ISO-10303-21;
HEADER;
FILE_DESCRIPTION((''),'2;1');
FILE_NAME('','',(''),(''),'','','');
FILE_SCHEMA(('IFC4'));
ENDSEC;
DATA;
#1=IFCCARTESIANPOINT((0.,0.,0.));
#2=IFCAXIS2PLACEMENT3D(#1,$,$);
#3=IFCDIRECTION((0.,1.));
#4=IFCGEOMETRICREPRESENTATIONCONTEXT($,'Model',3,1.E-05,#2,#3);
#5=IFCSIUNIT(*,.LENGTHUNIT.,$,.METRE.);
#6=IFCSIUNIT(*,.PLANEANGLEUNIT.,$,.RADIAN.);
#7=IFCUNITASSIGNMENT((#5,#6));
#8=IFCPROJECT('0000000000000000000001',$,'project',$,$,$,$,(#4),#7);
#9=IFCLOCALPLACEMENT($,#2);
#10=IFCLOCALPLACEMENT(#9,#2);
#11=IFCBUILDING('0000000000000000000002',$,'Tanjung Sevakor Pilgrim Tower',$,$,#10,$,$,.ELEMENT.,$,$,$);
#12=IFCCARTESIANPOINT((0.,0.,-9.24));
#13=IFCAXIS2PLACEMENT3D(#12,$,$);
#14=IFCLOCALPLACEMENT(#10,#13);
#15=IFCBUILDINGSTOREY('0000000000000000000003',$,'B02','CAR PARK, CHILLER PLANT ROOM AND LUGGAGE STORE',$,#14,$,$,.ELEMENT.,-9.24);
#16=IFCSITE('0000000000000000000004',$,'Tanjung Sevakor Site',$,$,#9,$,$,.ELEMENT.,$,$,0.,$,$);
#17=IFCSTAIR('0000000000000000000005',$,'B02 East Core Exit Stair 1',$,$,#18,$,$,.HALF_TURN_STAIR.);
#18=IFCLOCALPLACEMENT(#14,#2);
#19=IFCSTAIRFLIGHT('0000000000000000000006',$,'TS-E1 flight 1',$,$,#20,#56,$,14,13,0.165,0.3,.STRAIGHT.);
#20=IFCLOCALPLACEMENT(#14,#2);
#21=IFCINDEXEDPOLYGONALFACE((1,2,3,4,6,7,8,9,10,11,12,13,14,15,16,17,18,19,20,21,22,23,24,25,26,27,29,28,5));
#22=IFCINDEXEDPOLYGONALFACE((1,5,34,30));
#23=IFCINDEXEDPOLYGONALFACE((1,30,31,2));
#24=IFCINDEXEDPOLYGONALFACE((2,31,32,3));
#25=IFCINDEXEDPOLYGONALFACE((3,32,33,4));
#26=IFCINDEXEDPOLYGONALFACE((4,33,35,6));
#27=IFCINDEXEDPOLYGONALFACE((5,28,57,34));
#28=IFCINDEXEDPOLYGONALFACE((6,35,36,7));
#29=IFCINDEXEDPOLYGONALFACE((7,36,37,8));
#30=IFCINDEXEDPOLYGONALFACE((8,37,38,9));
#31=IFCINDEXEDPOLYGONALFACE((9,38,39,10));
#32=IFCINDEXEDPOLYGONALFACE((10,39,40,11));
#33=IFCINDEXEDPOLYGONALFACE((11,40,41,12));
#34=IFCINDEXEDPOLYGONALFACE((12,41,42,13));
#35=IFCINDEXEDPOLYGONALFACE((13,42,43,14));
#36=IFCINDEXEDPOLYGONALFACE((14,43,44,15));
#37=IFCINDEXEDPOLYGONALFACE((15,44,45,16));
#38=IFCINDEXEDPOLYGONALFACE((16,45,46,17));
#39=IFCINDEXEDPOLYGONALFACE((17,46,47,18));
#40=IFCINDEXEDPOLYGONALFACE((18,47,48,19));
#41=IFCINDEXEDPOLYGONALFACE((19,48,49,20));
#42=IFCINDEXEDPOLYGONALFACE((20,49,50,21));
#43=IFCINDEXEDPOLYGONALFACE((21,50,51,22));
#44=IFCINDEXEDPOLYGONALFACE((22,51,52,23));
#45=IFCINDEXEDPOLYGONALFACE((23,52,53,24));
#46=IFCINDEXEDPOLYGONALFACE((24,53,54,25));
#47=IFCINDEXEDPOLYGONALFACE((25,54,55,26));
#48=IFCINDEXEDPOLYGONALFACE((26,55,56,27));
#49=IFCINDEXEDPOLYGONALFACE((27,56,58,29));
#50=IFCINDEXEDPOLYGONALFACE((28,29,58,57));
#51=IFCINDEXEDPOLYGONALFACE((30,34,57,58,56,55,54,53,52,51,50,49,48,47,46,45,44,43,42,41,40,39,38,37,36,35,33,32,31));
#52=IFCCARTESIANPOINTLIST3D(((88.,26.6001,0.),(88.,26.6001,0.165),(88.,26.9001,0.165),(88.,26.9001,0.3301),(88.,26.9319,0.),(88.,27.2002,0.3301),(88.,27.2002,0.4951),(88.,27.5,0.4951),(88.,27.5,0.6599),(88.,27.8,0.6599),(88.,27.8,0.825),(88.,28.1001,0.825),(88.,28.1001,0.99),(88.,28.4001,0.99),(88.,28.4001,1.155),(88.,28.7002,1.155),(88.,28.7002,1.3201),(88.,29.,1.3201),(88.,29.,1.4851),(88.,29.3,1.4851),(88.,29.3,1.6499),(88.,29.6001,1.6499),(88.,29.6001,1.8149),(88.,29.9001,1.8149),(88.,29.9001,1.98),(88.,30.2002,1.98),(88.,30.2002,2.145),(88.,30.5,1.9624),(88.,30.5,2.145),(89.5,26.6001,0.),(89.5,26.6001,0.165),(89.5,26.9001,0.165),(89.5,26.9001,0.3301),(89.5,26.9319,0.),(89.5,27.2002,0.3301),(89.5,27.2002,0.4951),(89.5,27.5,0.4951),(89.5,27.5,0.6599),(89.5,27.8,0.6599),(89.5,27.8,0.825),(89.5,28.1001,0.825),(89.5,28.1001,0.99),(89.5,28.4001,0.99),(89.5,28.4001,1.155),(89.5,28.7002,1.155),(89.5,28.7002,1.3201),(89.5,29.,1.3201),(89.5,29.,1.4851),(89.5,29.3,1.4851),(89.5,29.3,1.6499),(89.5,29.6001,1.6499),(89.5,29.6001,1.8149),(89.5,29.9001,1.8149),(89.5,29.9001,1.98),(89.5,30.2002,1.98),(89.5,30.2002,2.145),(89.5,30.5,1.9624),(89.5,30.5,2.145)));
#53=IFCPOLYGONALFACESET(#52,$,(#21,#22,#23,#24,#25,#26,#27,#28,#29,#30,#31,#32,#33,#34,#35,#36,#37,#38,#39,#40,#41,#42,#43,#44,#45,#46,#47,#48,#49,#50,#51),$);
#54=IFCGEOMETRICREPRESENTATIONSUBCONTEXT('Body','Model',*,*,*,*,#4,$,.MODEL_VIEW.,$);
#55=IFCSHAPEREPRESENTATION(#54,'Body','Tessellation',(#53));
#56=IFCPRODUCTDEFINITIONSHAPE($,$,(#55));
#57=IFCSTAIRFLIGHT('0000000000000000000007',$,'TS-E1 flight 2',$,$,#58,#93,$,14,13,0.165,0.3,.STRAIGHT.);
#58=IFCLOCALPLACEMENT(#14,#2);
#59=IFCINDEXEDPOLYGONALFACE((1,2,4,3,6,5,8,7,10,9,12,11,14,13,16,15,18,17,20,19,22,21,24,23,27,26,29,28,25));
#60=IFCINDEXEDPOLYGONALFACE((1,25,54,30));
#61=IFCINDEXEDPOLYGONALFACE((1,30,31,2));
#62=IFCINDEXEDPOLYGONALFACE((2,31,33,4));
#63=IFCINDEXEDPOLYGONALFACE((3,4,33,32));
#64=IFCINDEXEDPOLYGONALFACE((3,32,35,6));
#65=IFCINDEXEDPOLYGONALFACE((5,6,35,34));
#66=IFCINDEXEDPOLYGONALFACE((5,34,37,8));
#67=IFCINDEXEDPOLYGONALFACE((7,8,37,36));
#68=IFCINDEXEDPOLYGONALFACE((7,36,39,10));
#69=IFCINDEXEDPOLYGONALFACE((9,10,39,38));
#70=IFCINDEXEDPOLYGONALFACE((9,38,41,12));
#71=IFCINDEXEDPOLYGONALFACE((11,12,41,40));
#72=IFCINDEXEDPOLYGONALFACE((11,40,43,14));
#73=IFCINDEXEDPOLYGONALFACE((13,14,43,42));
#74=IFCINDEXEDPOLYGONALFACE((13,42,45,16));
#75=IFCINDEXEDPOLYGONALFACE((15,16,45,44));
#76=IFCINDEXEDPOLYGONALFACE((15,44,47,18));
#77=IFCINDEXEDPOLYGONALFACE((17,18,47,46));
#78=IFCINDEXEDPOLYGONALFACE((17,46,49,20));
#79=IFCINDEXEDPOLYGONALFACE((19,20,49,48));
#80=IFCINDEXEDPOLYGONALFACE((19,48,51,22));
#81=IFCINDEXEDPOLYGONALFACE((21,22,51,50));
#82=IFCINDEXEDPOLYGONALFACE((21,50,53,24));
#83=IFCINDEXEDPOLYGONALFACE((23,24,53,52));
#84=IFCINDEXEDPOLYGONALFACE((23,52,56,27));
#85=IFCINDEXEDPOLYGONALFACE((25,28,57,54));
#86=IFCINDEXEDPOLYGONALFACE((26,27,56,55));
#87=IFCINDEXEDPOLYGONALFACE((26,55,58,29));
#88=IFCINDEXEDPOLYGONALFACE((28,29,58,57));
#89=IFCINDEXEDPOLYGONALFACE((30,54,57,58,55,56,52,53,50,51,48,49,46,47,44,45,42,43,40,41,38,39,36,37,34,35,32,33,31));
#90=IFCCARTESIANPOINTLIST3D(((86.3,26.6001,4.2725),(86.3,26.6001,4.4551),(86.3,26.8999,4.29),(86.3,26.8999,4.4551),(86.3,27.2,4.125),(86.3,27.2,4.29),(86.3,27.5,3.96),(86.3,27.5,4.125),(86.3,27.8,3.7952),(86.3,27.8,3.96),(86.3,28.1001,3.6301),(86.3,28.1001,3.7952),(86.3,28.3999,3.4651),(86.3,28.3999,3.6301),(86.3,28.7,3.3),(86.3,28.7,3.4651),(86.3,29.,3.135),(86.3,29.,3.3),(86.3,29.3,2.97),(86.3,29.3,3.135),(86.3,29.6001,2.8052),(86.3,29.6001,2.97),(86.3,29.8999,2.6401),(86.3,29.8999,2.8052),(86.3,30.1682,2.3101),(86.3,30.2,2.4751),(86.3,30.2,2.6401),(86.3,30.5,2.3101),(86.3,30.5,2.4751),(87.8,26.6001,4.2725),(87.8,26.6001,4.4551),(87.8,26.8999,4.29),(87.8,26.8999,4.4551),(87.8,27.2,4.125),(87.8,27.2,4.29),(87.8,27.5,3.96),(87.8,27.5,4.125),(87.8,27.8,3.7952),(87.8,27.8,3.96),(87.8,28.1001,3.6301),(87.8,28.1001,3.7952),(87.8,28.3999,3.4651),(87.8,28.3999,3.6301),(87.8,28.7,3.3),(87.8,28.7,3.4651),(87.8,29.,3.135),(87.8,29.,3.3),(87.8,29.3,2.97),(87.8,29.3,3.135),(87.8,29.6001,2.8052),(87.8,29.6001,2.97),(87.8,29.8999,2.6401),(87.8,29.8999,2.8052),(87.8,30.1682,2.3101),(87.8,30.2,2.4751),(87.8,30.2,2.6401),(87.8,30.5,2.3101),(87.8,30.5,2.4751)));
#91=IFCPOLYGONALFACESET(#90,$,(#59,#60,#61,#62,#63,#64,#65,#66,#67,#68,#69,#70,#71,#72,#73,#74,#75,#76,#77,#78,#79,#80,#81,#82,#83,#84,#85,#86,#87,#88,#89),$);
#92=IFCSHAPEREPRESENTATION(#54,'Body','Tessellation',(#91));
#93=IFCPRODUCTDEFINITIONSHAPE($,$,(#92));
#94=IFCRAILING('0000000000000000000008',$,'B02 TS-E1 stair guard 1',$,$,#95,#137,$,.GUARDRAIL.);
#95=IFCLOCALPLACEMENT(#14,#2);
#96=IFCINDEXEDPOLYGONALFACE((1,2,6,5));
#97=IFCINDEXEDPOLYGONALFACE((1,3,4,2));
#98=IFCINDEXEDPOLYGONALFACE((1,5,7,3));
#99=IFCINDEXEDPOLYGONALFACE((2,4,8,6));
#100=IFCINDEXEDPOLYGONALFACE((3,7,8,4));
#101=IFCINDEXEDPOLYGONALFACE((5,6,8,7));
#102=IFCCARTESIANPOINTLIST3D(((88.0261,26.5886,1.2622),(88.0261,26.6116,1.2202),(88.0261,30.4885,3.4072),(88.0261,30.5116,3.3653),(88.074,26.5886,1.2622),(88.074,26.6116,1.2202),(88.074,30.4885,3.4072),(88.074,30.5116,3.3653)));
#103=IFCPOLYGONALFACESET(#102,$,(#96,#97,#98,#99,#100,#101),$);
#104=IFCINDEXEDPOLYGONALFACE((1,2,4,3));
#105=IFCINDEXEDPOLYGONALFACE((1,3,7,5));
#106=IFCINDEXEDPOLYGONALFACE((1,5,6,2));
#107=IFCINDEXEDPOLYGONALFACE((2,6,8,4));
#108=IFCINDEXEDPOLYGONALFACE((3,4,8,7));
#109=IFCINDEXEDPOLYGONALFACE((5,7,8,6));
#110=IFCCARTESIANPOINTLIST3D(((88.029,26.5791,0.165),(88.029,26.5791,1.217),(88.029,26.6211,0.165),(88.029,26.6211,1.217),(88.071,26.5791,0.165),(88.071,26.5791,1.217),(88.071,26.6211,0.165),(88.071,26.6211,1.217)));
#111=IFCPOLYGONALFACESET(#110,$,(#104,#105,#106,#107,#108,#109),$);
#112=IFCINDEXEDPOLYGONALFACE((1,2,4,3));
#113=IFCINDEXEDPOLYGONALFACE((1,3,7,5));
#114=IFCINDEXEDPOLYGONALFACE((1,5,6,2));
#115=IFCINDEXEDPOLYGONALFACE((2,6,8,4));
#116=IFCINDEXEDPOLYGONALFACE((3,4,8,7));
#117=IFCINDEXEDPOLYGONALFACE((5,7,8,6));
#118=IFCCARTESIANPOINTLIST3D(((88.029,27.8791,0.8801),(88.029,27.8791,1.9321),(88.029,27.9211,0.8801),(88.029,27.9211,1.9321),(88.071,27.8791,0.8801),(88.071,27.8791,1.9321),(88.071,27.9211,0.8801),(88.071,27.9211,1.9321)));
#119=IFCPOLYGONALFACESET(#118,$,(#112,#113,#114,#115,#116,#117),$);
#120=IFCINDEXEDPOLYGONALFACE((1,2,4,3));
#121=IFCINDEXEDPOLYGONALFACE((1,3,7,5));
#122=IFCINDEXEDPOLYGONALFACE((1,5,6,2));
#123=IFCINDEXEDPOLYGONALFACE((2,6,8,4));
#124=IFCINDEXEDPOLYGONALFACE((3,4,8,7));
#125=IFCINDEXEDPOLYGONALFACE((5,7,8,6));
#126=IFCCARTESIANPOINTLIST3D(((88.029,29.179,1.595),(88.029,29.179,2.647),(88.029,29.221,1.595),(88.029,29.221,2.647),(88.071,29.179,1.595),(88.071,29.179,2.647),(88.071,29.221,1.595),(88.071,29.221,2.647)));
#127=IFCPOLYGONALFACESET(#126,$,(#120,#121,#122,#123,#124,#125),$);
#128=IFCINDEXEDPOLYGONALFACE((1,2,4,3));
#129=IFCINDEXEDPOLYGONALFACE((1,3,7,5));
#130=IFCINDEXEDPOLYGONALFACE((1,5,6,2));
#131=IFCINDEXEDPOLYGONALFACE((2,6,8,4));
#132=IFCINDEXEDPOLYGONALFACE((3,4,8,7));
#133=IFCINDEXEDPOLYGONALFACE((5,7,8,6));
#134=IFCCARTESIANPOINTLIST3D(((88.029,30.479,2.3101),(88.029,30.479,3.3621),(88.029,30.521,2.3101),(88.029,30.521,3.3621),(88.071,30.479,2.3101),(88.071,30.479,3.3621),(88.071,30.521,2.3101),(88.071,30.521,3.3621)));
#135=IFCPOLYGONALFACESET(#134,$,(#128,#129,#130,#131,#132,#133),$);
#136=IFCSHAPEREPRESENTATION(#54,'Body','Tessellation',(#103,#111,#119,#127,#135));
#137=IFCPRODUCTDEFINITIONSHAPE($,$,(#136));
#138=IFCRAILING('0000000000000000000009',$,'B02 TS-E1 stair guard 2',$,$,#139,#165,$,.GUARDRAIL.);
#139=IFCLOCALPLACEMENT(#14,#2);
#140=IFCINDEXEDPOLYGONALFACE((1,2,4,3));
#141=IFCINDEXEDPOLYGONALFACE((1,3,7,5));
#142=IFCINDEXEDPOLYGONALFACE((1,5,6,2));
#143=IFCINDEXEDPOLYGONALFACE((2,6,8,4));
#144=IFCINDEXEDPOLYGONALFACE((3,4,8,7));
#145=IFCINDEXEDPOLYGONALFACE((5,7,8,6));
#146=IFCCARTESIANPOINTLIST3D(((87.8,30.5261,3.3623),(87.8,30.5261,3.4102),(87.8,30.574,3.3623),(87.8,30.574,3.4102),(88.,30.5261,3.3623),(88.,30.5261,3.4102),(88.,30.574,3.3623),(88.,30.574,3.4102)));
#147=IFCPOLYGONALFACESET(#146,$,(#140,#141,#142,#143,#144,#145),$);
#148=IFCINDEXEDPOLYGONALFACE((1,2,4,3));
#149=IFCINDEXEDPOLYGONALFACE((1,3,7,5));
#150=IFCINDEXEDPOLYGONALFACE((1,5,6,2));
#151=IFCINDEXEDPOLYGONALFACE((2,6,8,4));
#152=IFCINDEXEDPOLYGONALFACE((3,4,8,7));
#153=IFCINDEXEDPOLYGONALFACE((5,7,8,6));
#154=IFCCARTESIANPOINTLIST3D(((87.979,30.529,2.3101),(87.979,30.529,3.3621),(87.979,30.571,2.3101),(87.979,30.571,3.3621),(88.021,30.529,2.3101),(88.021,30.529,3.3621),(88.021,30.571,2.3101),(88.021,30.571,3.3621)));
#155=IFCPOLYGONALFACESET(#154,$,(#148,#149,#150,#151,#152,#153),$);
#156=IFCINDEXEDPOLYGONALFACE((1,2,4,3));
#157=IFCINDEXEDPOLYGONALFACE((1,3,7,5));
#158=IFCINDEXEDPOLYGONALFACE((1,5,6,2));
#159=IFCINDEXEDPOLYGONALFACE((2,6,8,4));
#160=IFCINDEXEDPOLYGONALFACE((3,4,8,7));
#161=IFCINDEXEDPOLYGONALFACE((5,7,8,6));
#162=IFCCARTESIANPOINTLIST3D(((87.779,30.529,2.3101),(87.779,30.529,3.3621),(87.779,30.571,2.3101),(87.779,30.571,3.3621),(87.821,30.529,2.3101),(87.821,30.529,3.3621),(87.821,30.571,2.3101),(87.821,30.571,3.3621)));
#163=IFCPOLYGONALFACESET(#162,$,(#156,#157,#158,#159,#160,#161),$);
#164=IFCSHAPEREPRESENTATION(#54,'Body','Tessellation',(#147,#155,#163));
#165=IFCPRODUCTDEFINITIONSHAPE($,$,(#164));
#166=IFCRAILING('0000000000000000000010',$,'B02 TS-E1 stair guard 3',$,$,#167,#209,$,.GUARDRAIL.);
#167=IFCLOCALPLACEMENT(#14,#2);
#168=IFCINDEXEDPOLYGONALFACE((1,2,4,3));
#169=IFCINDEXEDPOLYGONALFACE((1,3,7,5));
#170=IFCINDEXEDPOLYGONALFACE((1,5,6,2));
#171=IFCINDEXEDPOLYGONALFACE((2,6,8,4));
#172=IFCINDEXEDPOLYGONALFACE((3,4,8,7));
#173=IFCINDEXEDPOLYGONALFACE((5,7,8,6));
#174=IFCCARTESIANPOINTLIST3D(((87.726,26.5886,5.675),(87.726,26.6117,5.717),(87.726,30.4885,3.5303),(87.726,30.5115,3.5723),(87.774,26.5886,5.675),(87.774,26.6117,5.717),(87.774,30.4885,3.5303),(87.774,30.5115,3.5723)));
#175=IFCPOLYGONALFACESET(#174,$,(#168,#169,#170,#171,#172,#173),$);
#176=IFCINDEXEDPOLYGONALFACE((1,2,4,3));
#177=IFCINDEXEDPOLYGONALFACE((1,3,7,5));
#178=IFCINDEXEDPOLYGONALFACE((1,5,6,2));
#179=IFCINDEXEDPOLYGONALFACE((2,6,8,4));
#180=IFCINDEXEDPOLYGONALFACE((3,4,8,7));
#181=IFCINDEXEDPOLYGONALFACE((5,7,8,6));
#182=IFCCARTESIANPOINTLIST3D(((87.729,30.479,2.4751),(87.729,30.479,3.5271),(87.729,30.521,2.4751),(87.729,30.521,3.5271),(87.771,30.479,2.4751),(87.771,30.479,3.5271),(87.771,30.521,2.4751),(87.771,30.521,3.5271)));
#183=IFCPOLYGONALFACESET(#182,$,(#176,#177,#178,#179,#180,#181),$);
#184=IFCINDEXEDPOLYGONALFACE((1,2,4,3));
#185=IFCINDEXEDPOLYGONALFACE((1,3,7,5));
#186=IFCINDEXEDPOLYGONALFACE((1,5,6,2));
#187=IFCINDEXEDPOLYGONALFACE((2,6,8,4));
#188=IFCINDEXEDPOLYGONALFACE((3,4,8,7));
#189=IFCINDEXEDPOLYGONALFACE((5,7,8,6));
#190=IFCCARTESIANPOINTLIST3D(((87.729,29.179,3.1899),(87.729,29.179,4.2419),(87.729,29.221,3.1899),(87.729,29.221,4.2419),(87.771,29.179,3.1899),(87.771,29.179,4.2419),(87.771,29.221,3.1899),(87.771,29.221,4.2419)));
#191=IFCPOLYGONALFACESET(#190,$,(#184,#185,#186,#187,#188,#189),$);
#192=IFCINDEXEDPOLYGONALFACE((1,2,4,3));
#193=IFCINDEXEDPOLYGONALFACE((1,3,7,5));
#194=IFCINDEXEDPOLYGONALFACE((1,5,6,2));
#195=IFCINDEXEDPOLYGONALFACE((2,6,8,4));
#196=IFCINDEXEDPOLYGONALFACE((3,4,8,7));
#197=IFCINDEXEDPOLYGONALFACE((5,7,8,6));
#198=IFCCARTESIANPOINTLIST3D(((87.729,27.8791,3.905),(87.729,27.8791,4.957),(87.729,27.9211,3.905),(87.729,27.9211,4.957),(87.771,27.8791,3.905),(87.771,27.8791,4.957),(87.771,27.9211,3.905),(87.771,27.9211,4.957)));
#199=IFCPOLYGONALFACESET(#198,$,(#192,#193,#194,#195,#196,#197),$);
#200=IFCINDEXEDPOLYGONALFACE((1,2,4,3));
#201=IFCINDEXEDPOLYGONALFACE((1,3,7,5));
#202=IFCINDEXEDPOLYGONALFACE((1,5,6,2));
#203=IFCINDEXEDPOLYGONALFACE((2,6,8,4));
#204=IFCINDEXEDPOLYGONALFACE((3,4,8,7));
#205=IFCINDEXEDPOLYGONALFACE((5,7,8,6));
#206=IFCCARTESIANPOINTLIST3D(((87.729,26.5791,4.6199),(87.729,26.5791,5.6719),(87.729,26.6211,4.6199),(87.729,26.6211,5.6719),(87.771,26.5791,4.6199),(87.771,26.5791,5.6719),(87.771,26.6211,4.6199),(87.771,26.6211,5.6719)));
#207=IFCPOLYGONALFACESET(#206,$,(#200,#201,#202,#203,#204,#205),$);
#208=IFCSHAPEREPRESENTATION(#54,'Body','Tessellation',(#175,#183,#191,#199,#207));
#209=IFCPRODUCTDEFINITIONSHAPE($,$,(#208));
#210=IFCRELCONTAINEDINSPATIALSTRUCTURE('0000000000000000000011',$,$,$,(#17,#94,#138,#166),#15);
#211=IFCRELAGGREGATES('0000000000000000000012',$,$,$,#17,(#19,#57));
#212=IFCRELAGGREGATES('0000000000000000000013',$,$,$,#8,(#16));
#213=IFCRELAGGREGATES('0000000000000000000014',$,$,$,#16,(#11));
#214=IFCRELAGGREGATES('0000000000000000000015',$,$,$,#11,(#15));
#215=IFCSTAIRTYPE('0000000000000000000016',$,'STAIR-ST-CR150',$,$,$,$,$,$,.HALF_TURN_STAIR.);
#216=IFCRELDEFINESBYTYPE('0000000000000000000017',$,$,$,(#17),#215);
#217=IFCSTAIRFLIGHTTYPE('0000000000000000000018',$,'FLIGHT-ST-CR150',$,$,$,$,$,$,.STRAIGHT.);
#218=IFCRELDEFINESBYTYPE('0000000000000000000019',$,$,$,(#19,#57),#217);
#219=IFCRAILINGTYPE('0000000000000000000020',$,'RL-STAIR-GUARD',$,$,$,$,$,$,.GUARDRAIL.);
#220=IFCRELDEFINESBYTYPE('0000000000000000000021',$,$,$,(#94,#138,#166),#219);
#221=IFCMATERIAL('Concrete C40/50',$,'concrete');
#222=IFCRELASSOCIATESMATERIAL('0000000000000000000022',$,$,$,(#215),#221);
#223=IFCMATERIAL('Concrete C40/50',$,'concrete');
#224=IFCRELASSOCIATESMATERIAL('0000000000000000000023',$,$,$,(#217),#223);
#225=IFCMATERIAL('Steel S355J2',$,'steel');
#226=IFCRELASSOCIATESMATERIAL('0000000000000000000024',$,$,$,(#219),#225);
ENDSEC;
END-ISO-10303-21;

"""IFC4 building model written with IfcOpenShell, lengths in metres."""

from ifc_helpers import new_model, si_unit, direction, frame, origin, place, context, subcontext, project, spatial, polyline, rectangle, outline, extrude, material, type_object, element, aggregate, save


model = new_model("IFC4")

# Units and contexts
model_context = context("Model", 3, precision=1e-05, world=origin(), true_north=direction((0.0, 1.0)))
body_context = subcontext(model_context, "Body", "Model", "MODEL_VIEW")
ifc_project = project(units=[si_unit("LENGTHUNIT", "METRE"), si_unit("PLANEANGLEUNIT", "RADIAN")], contexts=[model_context])

# Site, building, storey
site_placement = place(None, origin())
site = spatial("IfcSite", under=ifc_project, at=site_placement, Name="Tanjung Sevakor Site", CompositionType="ELEMENT", RefElevation=0.0)
building_placement = place(site_placement, origin())
building = spatial("IfcBuilding", under=site, at=building_placement, Name="Tanjung Sevakor Pilgrim Tower", CompositionType="ELEMENT")
storey_placement = place(building_placement, frame((0.0, 0.0, -9.24)))
storey = spatial("IfcBuildingStorey", under=building, at=storey_placement, Name="B02", Description="CAR PARK, CHILLER PLANT ROOM AND LUGGAGE STORE", CompositionType="ELEMENT", Elevation=-9.24)

# Stair, stair flights
ifc_material_1 = material(Name="Concrete C40/50", Category="concrete")
stair_type = type_object("IfcStairType", Name="STAIR-ST-CR150", PredefinedType="HALF_TURN_STAIR", material=ifc_material_1)
stair_placement = place(storey_placement, origin())
stair = element("IfcStair", 1, at=stair_placement, inside=storey, type_object=stair_type, Name="B02 East Core Exit Stair 1", PredefinedType="HALF_TURN_STAIR")
ifc_material_2 = material(Name="Concrete C40/50", Category="concrete")
stair_flight_type = type_object("IfcStairFlightType", Name="FLIGHT-ST-CR150", PredefinedType="STRAIGHT", material=ifc_material_2)
stair_flight_1_placement = place(storey_placement, frame((88.75, 26.6001, 0.0), z_axis=(0.0, 0.0, 1.0), x_axis=(0.0, 1.0, 0.0)))
stair_flight_1 = element("IfcStairFlight", 2, at=stair_flight_1_placement, type_object=stair_flight_type, Name="TS-E1 flight 1", NumberOfRisers=14, NumberOfTreads=13, PredefinedType="STRAIGHT", RiserHeight=0.165, TreadLength=0.3, context=body_context, shape_type="SweptSolid", body=[
    extrude(outline(polyline([(0.0, 0.0), (0.0, 0.165), (0.3, 0.165), (0.3, 0.3301), (0.6001, 0.3301), (0.6001, 0.4951), (0.8999, 0.4951), (0.8999, 0.6599), (1.2, 0.6599), (1.2, 0.825), (1.5, 0.825), (1.5, 0.99), (1.8, 0.99), (1.8, 1.155), (2.1001, 1.155), (2.1001, 1.3201), (2.3999, 1.3201), (2.3999, 1.4851), (2.7, 1.4851), (2.7, 1.6499), (3.0, 1.6499), (3.0, 1.8149), (3.3, 1.8149), (3.3, 1.98), (3.6001, 1.98), (3.6001, 2.145), (3.8999, 2.145), (3.8999, 2.3101), (3.8999, 1.9624), (0.3318, 0.0), (0.0, 0.0)])), frame((0.0, 0.75, 0.0), z_axis=(0.0, -1.0, 0.0), x_axis=(1.0, 0.0, 0.0)), (0.0, 0.0, 1.0), 1.5),
])
stair_flight_2_placement = place(storey_placement, frame((87.05, 30.5, 2.3101), z_axis=(0.0, 0.0, 1.0), x_axis=(0.0, -1.0, 0.0)))
stair_flight_2 = element("IfcStairFlight", 3, at=stair_flight_2_placement, type_object=stair_flight_type, Name="TS-E1 flight 2", NumberOfRisers=14, NumberOfTreads=13, PredefinedType="STRAIGHT", RiserHeight=0.165, TreadLength=0.3, context=body_context, shape_type="SweptSolid", body=[
    extrude(outline(polyline([(0.0, 0.0), (0.0, 0.165), (0.3, 0.165), (0.3, 0.3301), (0.6001, 0.3301), (0.6001, 0.4951), (0.8999, 0.4951), (0.8999, 0.6599), (1.2, 0.6599), (1.2, 0.825), (1.5, 0.825), (1.5, 0.99), (1.8, 0.99), (1.8, 1.155), (2.1001, 1.155), (2.1001, 1.3201), (2.3999, 1.3201), (2.3999, 1.4851), (2.7, 1.4851), (2.7, 1.6499), (3.0, 1.6499), (3.0, 1.8149), (3.3, 1.8149), (3.3, 1.98), (3.6001, 1.98), (3.6001, 2.145), (3.8999, 2.145), (3.8999, 2.3101), (3.8999, 1.9624), (0.3318, 0.0), (0.0, 0.0)])), frame((0.0, 0.75, 0.0), z_axis=(0.0, -1.0, 0.0), x_axis=(1.0, 0.0, 0.0)), (0.0, 0.0, 1.0), 1.5),
])
aggregate(stair, [stair_flight_1, stair_flight_2])

# Railings
ifc_material_3 = material(Name="Steel S355J2", Category="steel")
railing_type_1 = type_object("IfcRailingType", Name="RL-STAIR-GUARD", PredefinedType="GUARDRAIL", material=ifc_material_3)
railing_1_placement = place(storey_placement, frame((88.05, 26.6001, 0.165)))
element("IfcRailing", 4, at=railing_1_placement, inside=storey, type_object=railing_type_1, Name="B02 TS-E1 stair guard 1", PredefinedType="GUARDRAIL", context=body_context, shape_type="SweptSolid", body=[
    extrude(rectangle(XDim=0.0479, YDim=0.0479), frame((0.0, 0.0, 1.0762), z_axis=(0.0, 0.876209, 0.481931), x_axis=(-1.0, 0.0, 0.0)), (0.0, 0.0, 1.0), 4.4509),
    extrude(rectangle(XDim=0.042, YDim=0.042), origin(), (0.0, 0.0, 1.0), 1.052),
    extrude(rectangle(XDim=0.042, YDim=0.042), frame((0.0, 1.3, 0.7151)), (0.0, 0.0, 1.0), 1.052),
    extrude(rectangle(XDim=0.042, YDim=0.042), frame((0.0, 2.5999, 1.4299)), (0.0, 0.0, 1.0), 1.052),
    extrude(rectangle(XDim=0.042, YDim=0.042), frame((0.0, 3.8999, 2.145)), (0.0, 0.0, 1.0), 1.052),
])
railing_2_placement = place(storey_placement, frame((88.0, 30.55, 2.3101)))
element("IfcRailing", 5, at=railing_2_placement, inside=storey, type_object=railing_type_1, Name="B02 TS-E1 stair guard 2", PredefinedType="GUARDRAIL", context=body_context, shape_type="SweptSolid", body=[
    extrude(rectangle(XDim=0.0479, YDim=0.0479), frame((0.0, 0.0, 1.0762), z_axis=(-1.0, 0.0, 0.0), x_axis=(0.0, -1.0, 0.0)), (0.0, 0.0, 1.0), 0.2),
    extrude(rectangle(XDim=0.042, YDim=0.042), origin(), (0.0, 0.0, 1.0), 1.052),
    extrude(rectangle(XDim=0.042, YDim=0.042), frame((-0.2, 0.0, 0.0)), (0.0, 0.0, 1.0), 1.052),
])
railing_3_placement = place(storey_placement, frame((87.75, 30.5, 2.4751)))
element("IfcRailing", 6, at=railing_3_placement, inside=storey, type_object=railing_type_1, Name="B02 TS-E1 stair guard 3", PredefinedType="GUARDRAIL", context=body_context, shape_type="SweptSolid", body=[
    extrude(rectangle(XDim=0.0479, YDim=0.0479), frame((0.0, 0.0, 1.0762), z_axis=(0.0, -0.876232, 0.481889), x_axis=(1.0, 0.0, 0.0)), (0.0, 0.0, 1.0), 4.4507),
    extrude(rectangle(XDim=0.042, YDim=0.042), origin(), (0.0, 0.0, 1.0), 1.052),
    extrude(rectangle(XDim=0.042, YDim=0.042), frame((0.0, -1.3, 0.7148)), (0.0, 0.0, 1.0), 1.052),
    extrude(rectangle(XDim=0.042, YDim=0.042), frame((0.0, -2.5999, 1.4299)), (0.0, 0.0, 1.0), 1.052),
    extrude(rectangle(XDim=0.042, YDim=0.042), frame((0.0, -3.8999, 2.1448)), (0.0, 0.0, 1.0), 1.052),
])

save(model, "model.ifc")
